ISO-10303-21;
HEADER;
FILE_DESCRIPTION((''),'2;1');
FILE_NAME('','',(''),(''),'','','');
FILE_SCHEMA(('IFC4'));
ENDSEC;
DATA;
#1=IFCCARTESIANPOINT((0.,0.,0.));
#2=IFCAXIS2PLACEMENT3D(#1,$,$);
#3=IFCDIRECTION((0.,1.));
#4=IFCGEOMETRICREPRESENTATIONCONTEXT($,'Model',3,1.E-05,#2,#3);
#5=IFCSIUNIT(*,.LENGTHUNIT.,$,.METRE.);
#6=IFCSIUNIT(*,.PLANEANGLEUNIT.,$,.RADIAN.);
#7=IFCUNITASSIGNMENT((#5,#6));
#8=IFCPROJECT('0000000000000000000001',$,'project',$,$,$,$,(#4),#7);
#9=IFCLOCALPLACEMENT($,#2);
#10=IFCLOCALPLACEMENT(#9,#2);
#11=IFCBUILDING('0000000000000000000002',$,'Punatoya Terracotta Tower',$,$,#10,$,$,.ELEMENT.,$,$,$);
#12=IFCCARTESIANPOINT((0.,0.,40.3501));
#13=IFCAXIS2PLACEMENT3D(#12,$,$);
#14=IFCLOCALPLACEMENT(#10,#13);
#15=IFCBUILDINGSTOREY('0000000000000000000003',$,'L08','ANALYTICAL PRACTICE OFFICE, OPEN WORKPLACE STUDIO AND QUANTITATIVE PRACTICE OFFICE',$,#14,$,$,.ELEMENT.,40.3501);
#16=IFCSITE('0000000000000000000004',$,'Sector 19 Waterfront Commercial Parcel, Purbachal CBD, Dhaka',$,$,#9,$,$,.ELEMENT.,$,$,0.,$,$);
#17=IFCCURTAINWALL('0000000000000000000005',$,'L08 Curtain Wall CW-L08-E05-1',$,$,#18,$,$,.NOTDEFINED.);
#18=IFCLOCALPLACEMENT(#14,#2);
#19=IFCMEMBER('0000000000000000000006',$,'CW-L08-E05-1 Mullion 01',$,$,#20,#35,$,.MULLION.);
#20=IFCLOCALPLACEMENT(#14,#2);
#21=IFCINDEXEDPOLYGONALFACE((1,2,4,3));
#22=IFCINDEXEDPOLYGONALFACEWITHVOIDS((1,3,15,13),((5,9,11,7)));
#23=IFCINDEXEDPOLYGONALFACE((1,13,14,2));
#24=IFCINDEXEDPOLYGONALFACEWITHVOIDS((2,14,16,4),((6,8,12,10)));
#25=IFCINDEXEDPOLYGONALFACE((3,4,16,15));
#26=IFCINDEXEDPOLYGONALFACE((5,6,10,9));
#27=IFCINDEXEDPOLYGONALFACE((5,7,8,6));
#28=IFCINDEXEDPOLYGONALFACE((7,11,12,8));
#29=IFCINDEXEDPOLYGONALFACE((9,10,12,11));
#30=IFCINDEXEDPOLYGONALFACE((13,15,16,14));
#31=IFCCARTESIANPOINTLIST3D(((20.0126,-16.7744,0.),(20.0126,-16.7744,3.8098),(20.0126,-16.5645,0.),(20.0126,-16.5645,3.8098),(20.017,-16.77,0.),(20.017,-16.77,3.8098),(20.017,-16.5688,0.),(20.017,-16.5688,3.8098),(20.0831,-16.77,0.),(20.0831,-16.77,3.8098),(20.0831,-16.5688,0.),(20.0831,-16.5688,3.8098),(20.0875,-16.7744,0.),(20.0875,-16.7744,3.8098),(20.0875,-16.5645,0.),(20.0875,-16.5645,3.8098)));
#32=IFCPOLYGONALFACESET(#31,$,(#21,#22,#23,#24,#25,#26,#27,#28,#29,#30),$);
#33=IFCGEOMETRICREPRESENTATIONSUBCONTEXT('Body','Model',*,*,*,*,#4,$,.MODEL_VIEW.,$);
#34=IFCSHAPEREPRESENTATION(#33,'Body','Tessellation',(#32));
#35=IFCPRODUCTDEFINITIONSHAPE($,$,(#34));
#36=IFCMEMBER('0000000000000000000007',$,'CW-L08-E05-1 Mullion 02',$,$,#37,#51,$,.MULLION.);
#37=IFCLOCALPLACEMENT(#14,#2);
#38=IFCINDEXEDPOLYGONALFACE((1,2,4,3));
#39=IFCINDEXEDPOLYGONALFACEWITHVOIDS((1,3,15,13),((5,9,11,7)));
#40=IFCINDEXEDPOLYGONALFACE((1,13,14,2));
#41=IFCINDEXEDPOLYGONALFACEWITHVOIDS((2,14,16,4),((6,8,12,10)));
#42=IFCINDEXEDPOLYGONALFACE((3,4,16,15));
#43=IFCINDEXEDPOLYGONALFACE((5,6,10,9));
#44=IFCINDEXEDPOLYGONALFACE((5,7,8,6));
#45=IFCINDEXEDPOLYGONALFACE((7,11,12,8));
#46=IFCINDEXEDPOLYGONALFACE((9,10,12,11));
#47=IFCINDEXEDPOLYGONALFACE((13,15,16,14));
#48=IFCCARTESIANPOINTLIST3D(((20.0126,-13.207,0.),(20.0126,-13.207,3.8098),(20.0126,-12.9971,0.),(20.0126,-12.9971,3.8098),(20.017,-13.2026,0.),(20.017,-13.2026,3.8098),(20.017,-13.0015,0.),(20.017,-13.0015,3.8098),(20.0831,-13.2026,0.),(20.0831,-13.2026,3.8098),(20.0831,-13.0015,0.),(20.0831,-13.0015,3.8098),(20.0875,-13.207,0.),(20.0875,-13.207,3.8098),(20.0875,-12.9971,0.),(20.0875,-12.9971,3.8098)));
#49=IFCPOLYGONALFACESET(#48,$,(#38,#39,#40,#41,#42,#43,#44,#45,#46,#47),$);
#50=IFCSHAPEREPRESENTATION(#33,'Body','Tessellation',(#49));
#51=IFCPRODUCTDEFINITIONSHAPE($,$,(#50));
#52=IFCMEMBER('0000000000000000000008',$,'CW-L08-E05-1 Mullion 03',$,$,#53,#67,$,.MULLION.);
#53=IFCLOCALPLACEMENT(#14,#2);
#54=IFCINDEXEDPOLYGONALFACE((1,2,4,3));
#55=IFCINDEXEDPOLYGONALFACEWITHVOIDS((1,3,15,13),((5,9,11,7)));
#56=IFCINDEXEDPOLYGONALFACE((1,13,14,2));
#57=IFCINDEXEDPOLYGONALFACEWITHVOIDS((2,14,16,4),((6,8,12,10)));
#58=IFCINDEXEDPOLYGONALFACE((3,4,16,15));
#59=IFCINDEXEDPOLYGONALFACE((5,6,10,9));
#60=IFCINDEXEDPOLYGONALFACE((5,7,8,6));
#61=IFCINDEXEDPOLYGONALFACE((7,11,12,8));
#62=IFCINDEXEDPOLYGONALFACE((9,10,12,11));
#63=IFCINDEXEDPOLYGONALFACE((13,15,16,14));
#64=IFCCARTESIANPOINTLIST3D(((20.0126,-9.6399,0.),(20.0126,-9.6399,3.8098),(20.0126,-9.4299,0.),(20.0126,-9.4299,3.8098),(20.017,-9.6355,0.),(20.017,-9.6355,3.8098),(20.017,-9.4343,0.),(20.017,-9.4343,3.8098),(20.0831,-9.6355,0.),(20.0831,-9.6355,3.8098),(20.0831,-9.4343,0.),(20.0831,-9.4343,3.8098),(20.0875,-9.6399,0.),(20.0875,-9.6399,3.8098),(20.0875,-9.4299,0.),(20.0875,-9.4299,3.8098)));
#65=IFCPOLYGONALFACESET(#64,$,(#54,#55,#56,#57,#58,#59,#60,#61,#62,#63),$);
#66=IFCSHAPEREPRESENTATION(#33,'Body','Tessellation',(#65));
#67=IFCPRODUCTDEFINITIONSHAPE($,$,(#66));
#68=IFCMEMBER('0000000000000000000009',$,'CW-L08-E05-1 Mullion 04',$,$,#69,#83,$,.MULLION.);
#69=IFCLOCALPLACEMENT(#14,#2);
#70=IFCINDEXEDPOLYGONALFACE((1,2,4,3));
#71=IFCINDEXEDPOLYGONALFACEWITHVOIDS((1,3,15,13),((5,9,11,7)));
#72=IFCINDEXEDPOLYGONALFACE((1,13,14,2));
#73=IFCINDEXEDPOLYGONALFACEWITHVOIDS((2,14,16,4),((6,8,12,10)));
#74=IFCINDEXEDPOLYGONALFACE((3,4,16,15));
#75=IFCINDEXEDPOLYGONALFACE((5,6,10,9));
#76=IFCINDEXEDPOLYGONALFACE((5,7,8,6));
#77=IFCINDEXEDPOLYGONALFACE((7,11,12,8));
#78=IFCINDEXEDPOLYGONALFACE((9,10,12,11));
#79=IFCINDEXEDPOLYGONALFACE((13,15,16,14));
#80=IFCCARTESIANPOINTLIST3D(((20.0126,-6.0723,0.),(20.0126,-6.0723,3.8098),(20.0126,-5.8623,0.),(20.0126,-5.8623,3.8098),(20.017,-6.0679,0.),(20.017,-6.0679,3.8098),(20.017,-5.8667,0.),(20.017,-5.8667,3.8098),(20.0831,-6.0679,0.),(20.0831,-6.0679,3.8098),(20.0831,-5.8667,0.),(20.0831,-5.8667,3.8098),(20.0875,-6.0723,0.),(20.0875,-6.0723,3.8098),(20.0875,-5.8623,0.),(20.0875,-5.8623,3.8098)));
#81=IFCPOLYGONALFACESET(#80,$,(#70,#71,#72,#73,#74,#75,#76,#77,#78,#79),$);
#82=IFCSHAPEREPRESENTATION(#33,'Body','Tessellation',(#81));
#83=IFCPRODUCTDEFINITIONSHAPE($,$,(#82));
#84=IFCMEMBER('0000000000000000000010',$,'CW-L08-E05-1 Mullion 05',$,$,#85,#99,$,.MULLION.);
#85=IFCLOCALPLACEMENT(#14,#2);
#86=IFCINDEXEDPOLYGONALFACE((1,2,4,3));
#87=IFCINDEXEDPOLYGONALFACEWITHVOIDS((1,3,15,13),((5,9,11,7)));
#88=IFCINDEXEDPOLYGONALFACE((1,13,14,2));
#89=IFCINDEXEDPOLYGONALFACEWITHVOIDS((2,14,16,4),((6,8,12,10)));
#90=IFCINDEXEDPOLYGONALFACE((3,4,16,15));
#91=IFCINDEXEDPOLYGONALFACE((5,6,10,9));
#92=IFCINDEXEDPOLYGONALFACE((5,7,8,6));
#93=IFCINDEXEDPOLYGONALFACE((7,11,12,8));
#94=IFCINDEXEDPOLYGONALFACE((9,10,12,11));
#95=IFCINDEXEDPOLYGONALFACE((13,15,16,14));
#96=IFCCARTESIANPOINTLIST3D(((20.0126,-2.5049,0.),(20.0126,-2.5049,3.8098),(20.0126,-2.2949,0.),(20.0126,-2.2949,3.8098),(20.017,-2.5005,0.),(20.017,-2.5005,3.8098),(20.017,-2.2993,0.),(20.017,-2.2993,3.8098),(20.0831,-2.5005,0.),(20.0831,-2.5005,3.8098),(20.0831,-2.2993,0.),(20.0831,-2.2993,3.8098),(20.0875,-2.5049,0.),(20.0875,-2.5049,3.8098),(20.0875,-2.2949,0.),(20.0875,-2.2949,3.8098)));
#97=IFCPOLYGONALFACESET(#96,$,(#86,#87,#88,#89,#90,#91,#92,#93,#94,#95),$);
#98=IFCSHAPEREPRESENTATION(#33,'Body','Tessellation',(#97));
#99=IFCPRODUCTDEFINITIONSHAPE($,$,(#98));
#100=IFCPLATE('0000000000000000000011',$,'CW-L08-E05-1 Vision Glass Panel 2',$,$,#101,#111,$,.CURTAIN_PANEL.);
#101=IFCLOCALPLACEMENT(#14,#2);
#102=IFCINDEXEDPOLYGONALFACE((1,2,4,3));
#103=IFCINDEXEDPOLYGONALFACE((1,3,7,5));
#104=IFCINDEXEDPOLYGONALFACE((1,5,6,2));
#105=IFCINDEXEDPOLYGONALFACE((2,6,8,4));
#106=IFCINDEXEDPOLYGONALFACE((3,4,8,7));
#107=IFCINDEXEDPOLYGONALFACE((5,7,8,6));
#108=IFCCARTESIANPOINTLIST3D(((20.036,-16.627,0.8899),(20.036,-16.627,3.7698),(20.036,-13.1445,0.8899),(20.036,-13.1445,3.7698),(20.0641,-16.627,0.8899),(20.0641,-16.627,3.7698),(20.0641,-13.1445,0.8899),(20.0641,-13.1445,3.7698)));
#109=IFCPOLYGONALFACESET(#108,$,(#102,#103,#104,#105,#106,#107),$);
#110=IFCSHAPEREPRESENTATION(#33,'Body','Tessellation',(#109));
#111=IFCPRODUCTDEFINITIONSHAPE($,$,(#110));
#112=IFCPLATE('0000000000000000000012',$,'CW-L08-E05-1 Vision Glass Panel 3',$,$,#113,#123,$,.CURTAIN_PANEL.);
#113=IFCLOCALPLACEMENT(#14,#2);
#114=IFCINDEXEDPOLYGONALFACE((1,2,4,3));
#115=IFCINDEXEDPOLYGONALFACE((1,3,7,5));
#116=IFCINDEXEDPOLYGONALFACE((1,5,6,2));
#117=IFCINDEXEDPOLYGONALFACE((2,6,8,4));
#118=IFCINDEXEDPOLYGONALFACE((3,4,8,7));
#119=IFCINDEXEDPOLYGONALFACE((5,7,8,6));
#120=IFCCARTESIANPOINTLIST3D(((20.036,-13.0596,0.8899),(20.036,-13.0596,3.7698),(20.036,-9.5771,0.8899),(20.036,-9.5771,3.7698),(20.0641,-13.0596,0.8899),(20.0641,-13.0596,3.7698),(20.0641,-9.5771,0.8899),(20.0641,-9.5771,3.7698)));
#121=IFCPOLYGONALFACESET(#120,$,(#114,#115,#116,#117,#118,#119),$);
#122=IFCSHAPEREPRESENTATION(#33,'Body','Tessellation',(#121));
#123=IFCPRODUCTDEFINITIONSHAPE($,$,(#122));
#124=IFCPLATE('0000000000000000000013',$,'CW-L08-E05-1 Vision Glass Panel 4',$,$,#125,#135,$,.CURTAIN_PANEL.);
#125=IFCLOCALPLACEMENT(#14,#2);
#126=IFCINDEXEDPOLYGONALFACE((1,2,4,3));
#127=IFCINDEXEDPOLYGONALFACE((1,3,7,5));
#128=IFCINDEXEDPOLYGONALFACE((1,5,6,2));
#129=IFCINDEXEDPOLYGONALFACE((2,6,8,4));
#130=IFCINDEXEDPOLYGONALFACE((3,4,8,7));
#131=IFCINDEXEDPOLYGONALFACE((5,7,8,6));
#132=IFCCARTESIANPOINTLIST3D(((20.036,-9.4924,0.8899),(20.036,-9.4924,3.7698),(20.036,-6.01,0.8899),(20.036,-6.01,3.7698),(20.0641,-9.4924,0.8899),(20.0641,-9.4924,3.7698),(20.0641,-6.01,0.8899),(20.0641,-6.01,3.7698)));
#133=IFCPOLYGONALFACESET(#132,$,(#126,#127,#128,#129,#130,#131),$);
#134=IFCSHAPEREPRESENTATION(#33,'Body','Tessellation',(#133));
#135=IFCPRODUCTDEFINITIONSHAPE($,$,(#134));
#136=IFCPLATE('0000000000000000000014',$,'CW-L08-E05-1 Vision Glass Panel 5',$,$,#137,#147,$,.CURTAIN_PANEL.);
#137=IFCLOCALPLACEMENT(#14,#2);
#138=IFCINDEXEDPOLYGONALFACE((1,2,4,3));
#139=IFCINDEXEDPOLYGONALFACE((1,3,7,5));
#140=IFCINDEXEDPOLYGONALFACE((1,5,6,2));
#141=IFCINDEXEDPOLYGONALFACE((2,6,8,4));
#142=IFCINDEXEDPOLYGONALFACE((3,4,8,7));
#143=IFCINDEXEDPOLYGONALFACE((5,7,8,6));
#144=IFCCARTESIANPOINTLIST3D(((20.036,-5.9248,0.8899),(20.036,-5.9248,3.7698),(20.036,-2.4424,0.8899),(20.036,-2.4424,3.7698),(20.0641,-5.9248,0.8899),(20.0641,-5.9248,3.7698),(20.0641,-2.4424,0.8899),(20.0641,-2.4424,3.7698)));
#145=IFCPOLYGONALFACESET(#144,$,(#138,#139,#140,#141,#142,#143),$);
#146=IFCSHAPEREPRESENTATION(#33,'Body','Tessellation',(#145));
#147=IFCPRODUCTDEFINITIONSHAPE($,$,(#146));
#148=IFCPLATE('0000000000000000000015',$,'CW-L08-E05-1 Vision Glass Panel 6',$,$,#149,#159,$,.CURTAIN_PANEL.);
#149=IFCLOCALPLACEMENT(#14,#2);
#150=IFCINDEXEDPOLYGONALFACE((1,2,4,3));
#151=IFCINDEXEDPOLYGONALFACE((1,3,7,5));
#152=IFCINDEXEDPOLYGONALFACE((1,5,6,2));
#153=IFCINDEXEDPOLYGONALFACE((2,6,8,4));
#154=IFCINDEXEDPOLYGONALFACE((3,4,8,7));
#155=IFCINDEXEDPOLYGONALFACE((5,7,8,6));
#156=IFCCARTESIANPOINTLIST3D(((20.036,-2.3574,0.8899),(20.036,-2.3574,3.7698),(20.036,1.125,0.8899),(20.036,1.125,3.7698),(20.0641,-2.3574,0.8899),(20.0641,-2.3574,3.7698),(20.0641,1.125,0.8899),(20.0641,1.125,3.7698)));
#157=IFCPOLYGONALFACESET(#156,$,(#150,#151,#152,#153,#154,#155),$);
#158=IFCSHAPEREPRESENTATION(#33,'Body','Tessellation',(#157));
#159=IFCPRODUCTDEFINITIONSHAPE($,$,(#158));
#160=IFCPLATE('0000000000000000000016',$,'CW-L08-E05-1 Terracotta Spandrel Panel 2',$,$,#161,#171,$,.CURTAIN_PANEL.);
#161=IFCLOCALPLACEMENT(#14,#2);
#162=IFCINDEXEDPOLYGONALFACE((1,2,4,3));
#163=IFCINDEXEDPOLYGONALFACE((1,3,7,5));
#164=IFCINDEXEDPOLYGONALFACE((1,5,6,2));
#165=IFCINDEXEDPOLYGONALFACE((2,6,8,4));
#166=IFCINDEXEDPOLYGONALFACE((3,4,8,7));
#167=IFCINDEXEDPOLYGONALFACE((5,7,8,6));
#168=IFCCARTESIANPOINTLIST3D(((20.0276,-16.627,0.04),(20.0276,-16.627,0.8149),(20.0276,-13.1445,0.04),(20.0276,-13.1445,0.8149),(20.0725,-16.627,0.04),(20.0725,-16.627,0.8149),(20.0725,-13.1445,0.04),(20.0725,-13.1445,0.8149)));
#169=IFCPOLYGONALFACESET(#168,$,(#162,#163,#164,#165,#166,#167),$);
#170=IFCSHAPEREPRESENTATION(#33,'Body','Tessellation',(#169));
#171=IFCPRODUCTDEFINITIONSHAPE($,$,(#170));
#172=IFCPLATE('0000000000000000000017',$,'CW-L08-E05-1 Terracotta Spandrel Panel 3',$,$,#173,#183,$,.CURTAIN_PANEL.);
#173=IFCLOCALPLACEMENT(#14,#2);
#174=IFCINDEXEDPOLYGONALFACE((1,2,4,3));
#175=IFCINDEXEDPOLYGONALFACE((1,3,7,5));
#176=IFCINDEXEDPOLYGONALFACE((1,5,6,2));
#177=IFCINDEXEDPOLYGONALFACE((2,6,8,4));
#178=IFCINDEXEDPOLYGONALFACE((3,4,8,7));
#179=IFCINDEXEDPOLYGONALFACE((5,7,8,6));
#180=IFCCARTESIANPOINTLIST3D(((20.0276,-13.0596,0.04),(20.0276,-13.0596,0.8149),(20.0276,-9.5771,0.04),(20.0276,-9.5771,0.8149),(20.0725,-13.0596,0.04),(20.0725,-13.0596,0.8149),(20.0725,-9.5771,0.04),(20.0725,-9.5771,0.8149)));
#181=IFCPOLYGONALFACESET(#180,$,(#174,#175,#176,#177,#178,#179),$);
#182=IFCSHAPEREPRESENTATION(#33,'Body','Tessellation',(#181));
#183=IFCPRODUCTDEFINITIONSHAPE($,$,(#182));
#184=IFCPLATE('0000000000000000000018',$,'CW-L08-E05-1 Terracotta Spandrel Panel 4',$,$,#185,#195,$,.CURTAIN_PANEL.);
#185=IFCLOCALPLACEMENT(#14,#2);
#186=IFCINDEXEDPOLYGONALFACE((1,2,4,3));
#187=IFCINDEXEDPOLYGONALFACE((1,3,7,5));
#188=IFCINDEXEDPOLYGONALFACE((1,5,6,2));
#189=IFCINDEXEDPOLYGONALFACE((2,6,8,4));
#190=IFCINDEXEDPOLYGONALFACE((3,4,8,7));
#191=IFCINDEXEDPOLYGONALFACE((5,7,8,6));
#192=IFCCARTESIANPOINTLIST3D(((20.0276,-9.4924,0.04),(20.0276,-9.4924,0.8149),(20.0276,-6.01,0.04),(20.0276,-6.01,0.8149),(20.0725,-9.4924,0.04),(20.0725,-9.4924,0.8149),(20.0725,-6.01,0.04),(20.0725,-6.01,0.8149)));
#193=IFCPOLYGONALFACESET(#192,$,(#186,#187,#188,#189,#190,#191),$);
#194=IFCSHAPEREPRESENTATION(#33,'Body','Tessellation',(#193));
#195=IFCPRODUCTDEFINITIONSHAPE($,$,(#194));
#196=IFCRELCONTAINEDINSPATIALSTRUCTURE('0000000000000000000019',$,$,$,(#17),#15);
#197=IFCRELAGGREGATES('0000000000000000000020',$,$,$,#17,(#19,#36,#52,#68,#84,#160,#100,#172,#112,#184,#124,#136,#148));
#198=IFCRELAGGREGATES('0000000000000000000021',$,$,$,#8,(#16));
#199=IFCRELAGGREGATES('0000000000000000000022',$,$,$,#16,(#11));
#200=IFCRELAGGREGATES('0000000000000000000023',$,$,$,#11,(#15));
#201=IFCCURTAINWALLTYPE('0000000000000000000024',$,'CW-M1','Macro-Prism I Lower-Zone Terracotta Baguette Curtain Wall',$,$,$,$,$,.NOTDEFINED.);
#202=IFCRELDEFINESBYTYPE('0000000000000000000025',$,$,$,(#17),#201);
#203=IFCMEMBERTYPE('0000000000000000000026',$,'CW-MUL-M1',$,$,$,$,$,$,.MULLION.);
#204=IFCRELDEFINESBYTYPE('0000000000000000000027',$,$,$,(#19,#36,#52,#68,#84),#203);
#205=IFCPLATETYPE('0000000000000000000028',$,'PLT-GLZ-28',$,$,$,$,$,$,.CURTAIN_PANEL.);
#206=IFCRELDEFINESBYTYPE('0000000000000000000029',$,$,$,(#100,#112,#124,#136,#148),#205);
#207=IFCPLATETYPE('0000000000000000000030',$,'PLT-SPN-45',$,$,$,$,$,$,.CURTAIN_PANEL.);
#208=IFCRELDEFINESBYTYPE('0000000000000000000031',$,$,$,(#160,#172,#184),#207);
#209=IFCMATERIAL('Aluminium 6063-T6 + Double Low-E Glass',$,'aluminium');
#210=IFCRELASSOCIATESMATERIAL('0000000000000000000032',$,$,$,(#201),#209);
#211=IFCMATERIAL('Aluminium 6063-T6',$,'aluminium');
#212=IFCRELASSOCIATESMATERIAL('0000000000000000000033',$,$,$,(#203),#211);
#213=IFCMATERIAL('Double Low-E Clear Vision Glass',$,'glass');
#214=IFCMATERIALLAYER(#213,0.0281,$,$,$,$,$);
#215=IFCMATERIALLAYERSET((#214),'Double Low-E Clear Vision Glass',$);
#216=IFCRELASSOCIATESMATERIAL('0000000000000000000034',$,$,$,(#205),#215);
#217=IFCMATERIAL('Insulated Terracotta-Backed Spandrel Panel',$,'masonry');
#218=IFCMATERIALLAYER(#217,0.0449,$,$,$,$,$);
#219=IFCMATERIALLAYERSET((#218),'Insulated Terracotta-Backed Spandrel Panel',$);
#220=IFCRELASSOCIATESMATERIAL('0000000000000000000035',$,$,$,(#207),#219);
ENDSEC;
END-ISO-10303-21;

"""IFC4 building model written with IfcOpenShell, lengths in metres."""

from ifc_helpers import new_model, si_unit, direction, frame, origin, origin_2d, place, context, subcontext, project, spatial, rectangle, hollow_rectangle, extrude, material, layer, layer_set, material_profile, profile_set, type_object, element, aggregate, save


model = new_model("IFC4")

# Units and contexts
model_context = context("Model", 3, precision=1e-05, world=origin(), true_north=direction((0.0, 1.0)))
body_context = subcontext(model_context, "Body", "Model", "MODEL_VIEW")
ifc_project = project(units=[si_unit("LENGTHUNIT", "METRE"), si_unit("PLANEANGLEUNIT", "RADIAN")], contexts=[model_context])

# Site, building, storey
site_placement = place(None, origin())
site = spatial("IfcSite", under=ifc_project, at=site_placement, Name="Sector 19 Waterfront Commercial Parcel, Purbachal CBD, Dhaka", CompositionType="ELEMENT", RefElevation=0.0)
building_placement = place(site_placement, origin())
building = spatial("IfcBuilding", under=site, at=building_placement, Name="Punatoya Terracotta Tower", CompositionType="ELEMENT")
storey_placement = place(building_placement, frame((0.0, 0.0, 40.3501)))
storey = spatial("IfcBuildingStorey", under=building, at=storey_placement, Name="L08", Description="ANALYTICAL PRACTICE OFFICE, OPEN WORKPLACE STUDIO AND QUANTITATIVE PRACTICE OFFICE", CompositionType="ELEMENT", Elevation=40.3501)

# Curtain wall, members, plates
ifc_material_1 = material(Name="Aluminium 6063-T6 + Double Low-E Glass", Category="aluminium")
curtain_wall_type = type_object("IfcCurtainWallType", Name="CW-M1", Description="Macro-Prism I Lower-Zone Terracotta Baguette Curtain Wall", PredefinedType="NOTDEFINED", material=ifc_material_1)
curtain_wall_placement = place(storey_placement, origin())
curtain_wall = element("IfcCurtainWall", 1, at=curtain_wall_placement, inside=storey, type_object=curtain_wall_type, Name="L08 Curtain Wall CW-L08-E05-1", PredefinedType="NOTDEFINED")
ifc_material_2 = material(Name="Aluminium 6063-T6", Category="aluminium")
ifc_material_profile_1 = material_profile(ifc_material_2, hollow_rectangle(XDim=0.075, YDim=0.21, WallThickness=0.0044, at=origin_2d()))
ifc_profile_set_1 = profile_set([ifc_material_profile_1], Name="Aluminium 6063-T6")
member_type = type_object("IfcMemberType", Name="CW-MUL-M1", PredefinedType="MULLION", material=ifc_profile_set_1)
member_1_placement = place(storey_placement, frame((20.05, -16.6694, 0.0), z_axis=(0.0, 0.0, 1.0), x_axis=(1.0, 0.0, 0.0)))
member_1 = element("IfcMember", 2, at=member_1_placement, type_object=member_type, Name="CW-L08-E05-1 Mullion 01", PredefinedType="MULLION", context=body_context, shape_type="SweptSolid", body=[
    extrude(hollow_rectangle(XDim=0.075, YDim=0.21, WallThickness=0.0044, at=origin_2d()), origin(), (0.0, 0.0, 1.0), 3.8098),
])
member_2_placement = place(storey_placement, frame((20.05, -13.1021, 0.0), z_axis=(0.0, 0.0, 1.0), x_axis=(1.0, 0.0, 0.0)))
member_2 = element("IfcMember", 3, at=member_2_placement, type_object=member_type, Name="CW-L08-E05-1 Mullion 02", PredefinedType="MULLION", context=body_context, shape_type="SweptSolid", body=[
    extrude(hollow_rectangle(XDim=0.075, YDim=0.21, WallThickness=0.0044, at=origin_2d()), origin(), (0.0, 0.0, 1.0), 3.8098),
])
member_3_placement = place(storey_placement, frame((20.05, -9.5349, 0.0), z_axis=(0.0, 0.0, 1.0), x_axis=(1.0, 0.0, 0.0)))
member_3 = element("IfcMember", 4, at=member_3_placement, type_object=member_type, Name="CW-L08-E05-1 Mullion 03", PredefinedType="MULLION", context=body_context, shape_type="SweptSolid", body=[
    extrude(hollow_rectangle(XDim=0.075, YDim=0.21, WallThickness=0.0044, at=origin_2d()), origin(), (0.0, 0.0, 1.0), 3.8098),
])
member_4_placement = place(storey_placement, frame((20.05, -5.9673, 0.0), z_axis=(0.0, 0.0, 1.0), x_axis=(1.0, 0.0, 0.0)))
member_4 = element("IfcMember", 5, at=member_4_placement, type_object=member_type, Name="CW-L08-E05-1 Mullion 04", PredefinedType="MULLION", context=body_context, shape_type="SweptSolid", body=[
    extrude(hollow_rectangle(XDim=0.075, YDim=0.21, WallThickness=0.0044, at=origin_2d()), origin(), (0.0, 0.0, 1.0), 3.8098),
])
member_5_placement = place(storey_placement, frame((20.05, -2.3999, 0.0), z_axis=(0.0, 0.0, 1.0), x_axis=(1.0, 0.0, 0.0)))
member_5 = element("IfcMember", 6, at=member_5_placement, type_object=member_type, Name="CW-L08-E05-1 Mullion 05", PredefinedType="MULLION", context=body_context, shape_type="SweptSolid", body=[
    extrude(hollow_rectangle(XDim=0.075, YDim=0.21, WallThickness=0.0044, at=origin_2d()), origin(), (0.0, 0.0, 1.0), 3.8098),
])
ifc_material_3 = material(Name="Double Low-E Clear Vision Glass", Category="glass")
ifc_layer_1 = layer(ifc_material_3, 0.0281)
ifc_layer_set_1 = layer_set([ifc_layer_1], Name="Double Low-E Clear Vision Glass")
plate_type_1 = type_object("IfcPlateType", Name="PLT-GLZ-28", PredefinedType="CURTAIN_PANEL", material=ifc_layer_set_1)
plate_1_placement = place(storey_placement, frame((20.05, -14.8857, 0.8899), z_axis=(0.0, 0.0, 1.0), x_axis=(0.0, 1.0, 0.0)))
plate_1 = element("IfcPlate", 7, at=plate_1_placement, type_object=plate_type_1, Name="CW-L08-E05-1 Vision Glass Panel 2", PredefinedType="CURTAIN_PANEL", context=body_context, shape_type="SweptSolid", body=[
    extrude(rectangle(XDim=3.4824, YDim=0.0281, at=origin_2d()), origin(), (0.0, 0.0, 1.0), 2.8799),
])
plate_2_placement = place(storey_placement, frame((20.05, -11.3184, 0.8899), z_axis=(0.0, 0.0, 1.0), x_axis=(0.0, 1.0, 0.0)))
plate_2 = element("IfcPlate", 8, at=plate_2_placement, type_object=plate_type_1, Name="CW-L08-E05-1 Vision Glass Panel 3", PredefinedType="CURTAIN_PANEL", context=body_context, shape_type="SweptSolid", body=[
    extrude(rectangle(XDim=3.4824, YDim=0.0281, at=origin_2d()), origin(), (0.0, 0.0, 1.0), 2.8799),
])
plate_3_placement = place(storey_placement, frame((20.05, -7.7512, 0.8899), z_axis=(0.0, 0.0, 1.0), x_axis=(0.0, 1.0, 0.0)))
plate_3 = element("IfcPlate", 9, at=plate_3_placement, type_object=plate_type_1, Name="CW-L08-E05-1 Vision Glass Panel 4", PredefinedType="CURTAIN_PANEL", context=body_context, shape_type="SweptSolid", body=[
    extrude(rectangle(XDim=3.4824, YDim=0.0281, at=origin_2d()), origin(), (0.0, 0.0, 1.0), 2.8799),
])
plate_4_placement = place(storey_placement, frame((20.05, -4.1836, 0.8899), z_axis=(0.0, 0.0, 1.0), x_axis=(0.0, 1.0, 0.0)))
plate_4 = element("IfcPlate", 10, at=plate_4_placement, type_object=plate_type_1, Name="CW-L08-E05-1 Vision Glass Panel 5", PredefinedType="CURTAIN_PANEL", context=body_context, shape_type="SweptSolid", body=[
    extrude(rectangle(XDim=3.4824, YDim=0.0281, at=origin_2d()), origin(), (0.0, 0.0, 1.0), 2.8799),
])
plate_5_placement = place(storey_placement, frame((20.05, -0.6162, 0.8899), z_axis=(0.0, 0.0, 1.0), x_axis=(0.0, 1.0, 0.0)))
plate_5 = element("IfcPlate", 11, at=plate_5_placement, type_object=plate_type_1, Name="CW-L08-E05-1 Vision Glass Panel 6", PredefinedType="CURTAIN_PANEL", context=body_context, shape_type="SweptSolid", body=[
    extrude(rectangle(XDim=3.4824, YDim=0.0281, at=origin_2d()), origin(), (0.0, 0.0, 1.0), 2.8799),
])
ifc_material_4 = material(Name="Insulated Terracotta-Backed Spandrel Panel", Category="masonry")
ifc_layer_2 = layer(ifc_material_4, 0.0449)
ifc_layer_set_2 = layer_set([ifc_layer_2], Name="Insulated Terracotta-Backed Spandrel Panel")
plate_type_2 = type_object("IfcPlateType", Name="PLT-SPN-45", PredefinedType="CURTAIN_PANEL", material=ifc_layer_set_2)
plate_6_placement = place(storey_placement, frame((20.05, -14.8857, 0.04), z_axis=(0.0, 0.0, 1.0), x_axis=(0.0, 1.0, 0.0)))
plate_6 = element("IfcPlate", 12, at=plate_6_placement, type_object=plate_type_2, Name="CW-L08-E05-1 Terracotta Spandrel Panel 2", PredefinedType="CURTAIN_PANEL", context=body_context, shape_type="SweptSolid", body=[
    extrude(rectangle(XDim=3.4824, YDim=0.0449, at=origin_2d()), origin(), (0.0, 0.0, 1.0), 0.7749),
])
plate_7_placement = place(storey_placement, frame((20.05, -11.3184, 0.04), z_axis=(0.0, 0.0, 1.0), x_axis=(0.0, 1.0, 0.0)))
plate_7 = element("IfcPlate", 13, at=plate_7_placement, type_object=plate_type_2, Name="CW-L08-E05-1 Terracotta Spandrel Panel 3", PredefinedType="CURTAIN_PANEL", context=body_context, shape_type="SweptSolid", body=[
    extrude(rectangle(XDim=3.4824, YDim=0.0449, at=origin_2d()), origin(), (0.0, 0.0, 1.0), 0.7749),
])
plate_8_placement = place(storey_placement, frame((20.05, -7.7512, 0.04), z_axis=(0.0, 0.0, 1.0), x_axis=(0.0, 1.0, 0.0)))
plate_8 = element("IfcPlate", 14, at=plate_8_placement, type_object=plate_type_2, Name="CW-L08-E05-1 Terracotta Spandrel Panel 4", PredefinedType="CURTAIN_PANEL", context=body_context, shape_type="SweptSolid", body=[
    extrude(rectangle(XDim=3.4824, YDim=0.0449, at=origin_2d()), origin(), (0.0, 0.0, 1.0), 0.7749),
])
aggregate(curtain_wall, [member_1, member_2, member_3, member_4, member_5, plate_6, plate_1, plate_7, plate_2, plate_8, plate_3, plate_4, plate_5])

save(model, "model.ifc")
